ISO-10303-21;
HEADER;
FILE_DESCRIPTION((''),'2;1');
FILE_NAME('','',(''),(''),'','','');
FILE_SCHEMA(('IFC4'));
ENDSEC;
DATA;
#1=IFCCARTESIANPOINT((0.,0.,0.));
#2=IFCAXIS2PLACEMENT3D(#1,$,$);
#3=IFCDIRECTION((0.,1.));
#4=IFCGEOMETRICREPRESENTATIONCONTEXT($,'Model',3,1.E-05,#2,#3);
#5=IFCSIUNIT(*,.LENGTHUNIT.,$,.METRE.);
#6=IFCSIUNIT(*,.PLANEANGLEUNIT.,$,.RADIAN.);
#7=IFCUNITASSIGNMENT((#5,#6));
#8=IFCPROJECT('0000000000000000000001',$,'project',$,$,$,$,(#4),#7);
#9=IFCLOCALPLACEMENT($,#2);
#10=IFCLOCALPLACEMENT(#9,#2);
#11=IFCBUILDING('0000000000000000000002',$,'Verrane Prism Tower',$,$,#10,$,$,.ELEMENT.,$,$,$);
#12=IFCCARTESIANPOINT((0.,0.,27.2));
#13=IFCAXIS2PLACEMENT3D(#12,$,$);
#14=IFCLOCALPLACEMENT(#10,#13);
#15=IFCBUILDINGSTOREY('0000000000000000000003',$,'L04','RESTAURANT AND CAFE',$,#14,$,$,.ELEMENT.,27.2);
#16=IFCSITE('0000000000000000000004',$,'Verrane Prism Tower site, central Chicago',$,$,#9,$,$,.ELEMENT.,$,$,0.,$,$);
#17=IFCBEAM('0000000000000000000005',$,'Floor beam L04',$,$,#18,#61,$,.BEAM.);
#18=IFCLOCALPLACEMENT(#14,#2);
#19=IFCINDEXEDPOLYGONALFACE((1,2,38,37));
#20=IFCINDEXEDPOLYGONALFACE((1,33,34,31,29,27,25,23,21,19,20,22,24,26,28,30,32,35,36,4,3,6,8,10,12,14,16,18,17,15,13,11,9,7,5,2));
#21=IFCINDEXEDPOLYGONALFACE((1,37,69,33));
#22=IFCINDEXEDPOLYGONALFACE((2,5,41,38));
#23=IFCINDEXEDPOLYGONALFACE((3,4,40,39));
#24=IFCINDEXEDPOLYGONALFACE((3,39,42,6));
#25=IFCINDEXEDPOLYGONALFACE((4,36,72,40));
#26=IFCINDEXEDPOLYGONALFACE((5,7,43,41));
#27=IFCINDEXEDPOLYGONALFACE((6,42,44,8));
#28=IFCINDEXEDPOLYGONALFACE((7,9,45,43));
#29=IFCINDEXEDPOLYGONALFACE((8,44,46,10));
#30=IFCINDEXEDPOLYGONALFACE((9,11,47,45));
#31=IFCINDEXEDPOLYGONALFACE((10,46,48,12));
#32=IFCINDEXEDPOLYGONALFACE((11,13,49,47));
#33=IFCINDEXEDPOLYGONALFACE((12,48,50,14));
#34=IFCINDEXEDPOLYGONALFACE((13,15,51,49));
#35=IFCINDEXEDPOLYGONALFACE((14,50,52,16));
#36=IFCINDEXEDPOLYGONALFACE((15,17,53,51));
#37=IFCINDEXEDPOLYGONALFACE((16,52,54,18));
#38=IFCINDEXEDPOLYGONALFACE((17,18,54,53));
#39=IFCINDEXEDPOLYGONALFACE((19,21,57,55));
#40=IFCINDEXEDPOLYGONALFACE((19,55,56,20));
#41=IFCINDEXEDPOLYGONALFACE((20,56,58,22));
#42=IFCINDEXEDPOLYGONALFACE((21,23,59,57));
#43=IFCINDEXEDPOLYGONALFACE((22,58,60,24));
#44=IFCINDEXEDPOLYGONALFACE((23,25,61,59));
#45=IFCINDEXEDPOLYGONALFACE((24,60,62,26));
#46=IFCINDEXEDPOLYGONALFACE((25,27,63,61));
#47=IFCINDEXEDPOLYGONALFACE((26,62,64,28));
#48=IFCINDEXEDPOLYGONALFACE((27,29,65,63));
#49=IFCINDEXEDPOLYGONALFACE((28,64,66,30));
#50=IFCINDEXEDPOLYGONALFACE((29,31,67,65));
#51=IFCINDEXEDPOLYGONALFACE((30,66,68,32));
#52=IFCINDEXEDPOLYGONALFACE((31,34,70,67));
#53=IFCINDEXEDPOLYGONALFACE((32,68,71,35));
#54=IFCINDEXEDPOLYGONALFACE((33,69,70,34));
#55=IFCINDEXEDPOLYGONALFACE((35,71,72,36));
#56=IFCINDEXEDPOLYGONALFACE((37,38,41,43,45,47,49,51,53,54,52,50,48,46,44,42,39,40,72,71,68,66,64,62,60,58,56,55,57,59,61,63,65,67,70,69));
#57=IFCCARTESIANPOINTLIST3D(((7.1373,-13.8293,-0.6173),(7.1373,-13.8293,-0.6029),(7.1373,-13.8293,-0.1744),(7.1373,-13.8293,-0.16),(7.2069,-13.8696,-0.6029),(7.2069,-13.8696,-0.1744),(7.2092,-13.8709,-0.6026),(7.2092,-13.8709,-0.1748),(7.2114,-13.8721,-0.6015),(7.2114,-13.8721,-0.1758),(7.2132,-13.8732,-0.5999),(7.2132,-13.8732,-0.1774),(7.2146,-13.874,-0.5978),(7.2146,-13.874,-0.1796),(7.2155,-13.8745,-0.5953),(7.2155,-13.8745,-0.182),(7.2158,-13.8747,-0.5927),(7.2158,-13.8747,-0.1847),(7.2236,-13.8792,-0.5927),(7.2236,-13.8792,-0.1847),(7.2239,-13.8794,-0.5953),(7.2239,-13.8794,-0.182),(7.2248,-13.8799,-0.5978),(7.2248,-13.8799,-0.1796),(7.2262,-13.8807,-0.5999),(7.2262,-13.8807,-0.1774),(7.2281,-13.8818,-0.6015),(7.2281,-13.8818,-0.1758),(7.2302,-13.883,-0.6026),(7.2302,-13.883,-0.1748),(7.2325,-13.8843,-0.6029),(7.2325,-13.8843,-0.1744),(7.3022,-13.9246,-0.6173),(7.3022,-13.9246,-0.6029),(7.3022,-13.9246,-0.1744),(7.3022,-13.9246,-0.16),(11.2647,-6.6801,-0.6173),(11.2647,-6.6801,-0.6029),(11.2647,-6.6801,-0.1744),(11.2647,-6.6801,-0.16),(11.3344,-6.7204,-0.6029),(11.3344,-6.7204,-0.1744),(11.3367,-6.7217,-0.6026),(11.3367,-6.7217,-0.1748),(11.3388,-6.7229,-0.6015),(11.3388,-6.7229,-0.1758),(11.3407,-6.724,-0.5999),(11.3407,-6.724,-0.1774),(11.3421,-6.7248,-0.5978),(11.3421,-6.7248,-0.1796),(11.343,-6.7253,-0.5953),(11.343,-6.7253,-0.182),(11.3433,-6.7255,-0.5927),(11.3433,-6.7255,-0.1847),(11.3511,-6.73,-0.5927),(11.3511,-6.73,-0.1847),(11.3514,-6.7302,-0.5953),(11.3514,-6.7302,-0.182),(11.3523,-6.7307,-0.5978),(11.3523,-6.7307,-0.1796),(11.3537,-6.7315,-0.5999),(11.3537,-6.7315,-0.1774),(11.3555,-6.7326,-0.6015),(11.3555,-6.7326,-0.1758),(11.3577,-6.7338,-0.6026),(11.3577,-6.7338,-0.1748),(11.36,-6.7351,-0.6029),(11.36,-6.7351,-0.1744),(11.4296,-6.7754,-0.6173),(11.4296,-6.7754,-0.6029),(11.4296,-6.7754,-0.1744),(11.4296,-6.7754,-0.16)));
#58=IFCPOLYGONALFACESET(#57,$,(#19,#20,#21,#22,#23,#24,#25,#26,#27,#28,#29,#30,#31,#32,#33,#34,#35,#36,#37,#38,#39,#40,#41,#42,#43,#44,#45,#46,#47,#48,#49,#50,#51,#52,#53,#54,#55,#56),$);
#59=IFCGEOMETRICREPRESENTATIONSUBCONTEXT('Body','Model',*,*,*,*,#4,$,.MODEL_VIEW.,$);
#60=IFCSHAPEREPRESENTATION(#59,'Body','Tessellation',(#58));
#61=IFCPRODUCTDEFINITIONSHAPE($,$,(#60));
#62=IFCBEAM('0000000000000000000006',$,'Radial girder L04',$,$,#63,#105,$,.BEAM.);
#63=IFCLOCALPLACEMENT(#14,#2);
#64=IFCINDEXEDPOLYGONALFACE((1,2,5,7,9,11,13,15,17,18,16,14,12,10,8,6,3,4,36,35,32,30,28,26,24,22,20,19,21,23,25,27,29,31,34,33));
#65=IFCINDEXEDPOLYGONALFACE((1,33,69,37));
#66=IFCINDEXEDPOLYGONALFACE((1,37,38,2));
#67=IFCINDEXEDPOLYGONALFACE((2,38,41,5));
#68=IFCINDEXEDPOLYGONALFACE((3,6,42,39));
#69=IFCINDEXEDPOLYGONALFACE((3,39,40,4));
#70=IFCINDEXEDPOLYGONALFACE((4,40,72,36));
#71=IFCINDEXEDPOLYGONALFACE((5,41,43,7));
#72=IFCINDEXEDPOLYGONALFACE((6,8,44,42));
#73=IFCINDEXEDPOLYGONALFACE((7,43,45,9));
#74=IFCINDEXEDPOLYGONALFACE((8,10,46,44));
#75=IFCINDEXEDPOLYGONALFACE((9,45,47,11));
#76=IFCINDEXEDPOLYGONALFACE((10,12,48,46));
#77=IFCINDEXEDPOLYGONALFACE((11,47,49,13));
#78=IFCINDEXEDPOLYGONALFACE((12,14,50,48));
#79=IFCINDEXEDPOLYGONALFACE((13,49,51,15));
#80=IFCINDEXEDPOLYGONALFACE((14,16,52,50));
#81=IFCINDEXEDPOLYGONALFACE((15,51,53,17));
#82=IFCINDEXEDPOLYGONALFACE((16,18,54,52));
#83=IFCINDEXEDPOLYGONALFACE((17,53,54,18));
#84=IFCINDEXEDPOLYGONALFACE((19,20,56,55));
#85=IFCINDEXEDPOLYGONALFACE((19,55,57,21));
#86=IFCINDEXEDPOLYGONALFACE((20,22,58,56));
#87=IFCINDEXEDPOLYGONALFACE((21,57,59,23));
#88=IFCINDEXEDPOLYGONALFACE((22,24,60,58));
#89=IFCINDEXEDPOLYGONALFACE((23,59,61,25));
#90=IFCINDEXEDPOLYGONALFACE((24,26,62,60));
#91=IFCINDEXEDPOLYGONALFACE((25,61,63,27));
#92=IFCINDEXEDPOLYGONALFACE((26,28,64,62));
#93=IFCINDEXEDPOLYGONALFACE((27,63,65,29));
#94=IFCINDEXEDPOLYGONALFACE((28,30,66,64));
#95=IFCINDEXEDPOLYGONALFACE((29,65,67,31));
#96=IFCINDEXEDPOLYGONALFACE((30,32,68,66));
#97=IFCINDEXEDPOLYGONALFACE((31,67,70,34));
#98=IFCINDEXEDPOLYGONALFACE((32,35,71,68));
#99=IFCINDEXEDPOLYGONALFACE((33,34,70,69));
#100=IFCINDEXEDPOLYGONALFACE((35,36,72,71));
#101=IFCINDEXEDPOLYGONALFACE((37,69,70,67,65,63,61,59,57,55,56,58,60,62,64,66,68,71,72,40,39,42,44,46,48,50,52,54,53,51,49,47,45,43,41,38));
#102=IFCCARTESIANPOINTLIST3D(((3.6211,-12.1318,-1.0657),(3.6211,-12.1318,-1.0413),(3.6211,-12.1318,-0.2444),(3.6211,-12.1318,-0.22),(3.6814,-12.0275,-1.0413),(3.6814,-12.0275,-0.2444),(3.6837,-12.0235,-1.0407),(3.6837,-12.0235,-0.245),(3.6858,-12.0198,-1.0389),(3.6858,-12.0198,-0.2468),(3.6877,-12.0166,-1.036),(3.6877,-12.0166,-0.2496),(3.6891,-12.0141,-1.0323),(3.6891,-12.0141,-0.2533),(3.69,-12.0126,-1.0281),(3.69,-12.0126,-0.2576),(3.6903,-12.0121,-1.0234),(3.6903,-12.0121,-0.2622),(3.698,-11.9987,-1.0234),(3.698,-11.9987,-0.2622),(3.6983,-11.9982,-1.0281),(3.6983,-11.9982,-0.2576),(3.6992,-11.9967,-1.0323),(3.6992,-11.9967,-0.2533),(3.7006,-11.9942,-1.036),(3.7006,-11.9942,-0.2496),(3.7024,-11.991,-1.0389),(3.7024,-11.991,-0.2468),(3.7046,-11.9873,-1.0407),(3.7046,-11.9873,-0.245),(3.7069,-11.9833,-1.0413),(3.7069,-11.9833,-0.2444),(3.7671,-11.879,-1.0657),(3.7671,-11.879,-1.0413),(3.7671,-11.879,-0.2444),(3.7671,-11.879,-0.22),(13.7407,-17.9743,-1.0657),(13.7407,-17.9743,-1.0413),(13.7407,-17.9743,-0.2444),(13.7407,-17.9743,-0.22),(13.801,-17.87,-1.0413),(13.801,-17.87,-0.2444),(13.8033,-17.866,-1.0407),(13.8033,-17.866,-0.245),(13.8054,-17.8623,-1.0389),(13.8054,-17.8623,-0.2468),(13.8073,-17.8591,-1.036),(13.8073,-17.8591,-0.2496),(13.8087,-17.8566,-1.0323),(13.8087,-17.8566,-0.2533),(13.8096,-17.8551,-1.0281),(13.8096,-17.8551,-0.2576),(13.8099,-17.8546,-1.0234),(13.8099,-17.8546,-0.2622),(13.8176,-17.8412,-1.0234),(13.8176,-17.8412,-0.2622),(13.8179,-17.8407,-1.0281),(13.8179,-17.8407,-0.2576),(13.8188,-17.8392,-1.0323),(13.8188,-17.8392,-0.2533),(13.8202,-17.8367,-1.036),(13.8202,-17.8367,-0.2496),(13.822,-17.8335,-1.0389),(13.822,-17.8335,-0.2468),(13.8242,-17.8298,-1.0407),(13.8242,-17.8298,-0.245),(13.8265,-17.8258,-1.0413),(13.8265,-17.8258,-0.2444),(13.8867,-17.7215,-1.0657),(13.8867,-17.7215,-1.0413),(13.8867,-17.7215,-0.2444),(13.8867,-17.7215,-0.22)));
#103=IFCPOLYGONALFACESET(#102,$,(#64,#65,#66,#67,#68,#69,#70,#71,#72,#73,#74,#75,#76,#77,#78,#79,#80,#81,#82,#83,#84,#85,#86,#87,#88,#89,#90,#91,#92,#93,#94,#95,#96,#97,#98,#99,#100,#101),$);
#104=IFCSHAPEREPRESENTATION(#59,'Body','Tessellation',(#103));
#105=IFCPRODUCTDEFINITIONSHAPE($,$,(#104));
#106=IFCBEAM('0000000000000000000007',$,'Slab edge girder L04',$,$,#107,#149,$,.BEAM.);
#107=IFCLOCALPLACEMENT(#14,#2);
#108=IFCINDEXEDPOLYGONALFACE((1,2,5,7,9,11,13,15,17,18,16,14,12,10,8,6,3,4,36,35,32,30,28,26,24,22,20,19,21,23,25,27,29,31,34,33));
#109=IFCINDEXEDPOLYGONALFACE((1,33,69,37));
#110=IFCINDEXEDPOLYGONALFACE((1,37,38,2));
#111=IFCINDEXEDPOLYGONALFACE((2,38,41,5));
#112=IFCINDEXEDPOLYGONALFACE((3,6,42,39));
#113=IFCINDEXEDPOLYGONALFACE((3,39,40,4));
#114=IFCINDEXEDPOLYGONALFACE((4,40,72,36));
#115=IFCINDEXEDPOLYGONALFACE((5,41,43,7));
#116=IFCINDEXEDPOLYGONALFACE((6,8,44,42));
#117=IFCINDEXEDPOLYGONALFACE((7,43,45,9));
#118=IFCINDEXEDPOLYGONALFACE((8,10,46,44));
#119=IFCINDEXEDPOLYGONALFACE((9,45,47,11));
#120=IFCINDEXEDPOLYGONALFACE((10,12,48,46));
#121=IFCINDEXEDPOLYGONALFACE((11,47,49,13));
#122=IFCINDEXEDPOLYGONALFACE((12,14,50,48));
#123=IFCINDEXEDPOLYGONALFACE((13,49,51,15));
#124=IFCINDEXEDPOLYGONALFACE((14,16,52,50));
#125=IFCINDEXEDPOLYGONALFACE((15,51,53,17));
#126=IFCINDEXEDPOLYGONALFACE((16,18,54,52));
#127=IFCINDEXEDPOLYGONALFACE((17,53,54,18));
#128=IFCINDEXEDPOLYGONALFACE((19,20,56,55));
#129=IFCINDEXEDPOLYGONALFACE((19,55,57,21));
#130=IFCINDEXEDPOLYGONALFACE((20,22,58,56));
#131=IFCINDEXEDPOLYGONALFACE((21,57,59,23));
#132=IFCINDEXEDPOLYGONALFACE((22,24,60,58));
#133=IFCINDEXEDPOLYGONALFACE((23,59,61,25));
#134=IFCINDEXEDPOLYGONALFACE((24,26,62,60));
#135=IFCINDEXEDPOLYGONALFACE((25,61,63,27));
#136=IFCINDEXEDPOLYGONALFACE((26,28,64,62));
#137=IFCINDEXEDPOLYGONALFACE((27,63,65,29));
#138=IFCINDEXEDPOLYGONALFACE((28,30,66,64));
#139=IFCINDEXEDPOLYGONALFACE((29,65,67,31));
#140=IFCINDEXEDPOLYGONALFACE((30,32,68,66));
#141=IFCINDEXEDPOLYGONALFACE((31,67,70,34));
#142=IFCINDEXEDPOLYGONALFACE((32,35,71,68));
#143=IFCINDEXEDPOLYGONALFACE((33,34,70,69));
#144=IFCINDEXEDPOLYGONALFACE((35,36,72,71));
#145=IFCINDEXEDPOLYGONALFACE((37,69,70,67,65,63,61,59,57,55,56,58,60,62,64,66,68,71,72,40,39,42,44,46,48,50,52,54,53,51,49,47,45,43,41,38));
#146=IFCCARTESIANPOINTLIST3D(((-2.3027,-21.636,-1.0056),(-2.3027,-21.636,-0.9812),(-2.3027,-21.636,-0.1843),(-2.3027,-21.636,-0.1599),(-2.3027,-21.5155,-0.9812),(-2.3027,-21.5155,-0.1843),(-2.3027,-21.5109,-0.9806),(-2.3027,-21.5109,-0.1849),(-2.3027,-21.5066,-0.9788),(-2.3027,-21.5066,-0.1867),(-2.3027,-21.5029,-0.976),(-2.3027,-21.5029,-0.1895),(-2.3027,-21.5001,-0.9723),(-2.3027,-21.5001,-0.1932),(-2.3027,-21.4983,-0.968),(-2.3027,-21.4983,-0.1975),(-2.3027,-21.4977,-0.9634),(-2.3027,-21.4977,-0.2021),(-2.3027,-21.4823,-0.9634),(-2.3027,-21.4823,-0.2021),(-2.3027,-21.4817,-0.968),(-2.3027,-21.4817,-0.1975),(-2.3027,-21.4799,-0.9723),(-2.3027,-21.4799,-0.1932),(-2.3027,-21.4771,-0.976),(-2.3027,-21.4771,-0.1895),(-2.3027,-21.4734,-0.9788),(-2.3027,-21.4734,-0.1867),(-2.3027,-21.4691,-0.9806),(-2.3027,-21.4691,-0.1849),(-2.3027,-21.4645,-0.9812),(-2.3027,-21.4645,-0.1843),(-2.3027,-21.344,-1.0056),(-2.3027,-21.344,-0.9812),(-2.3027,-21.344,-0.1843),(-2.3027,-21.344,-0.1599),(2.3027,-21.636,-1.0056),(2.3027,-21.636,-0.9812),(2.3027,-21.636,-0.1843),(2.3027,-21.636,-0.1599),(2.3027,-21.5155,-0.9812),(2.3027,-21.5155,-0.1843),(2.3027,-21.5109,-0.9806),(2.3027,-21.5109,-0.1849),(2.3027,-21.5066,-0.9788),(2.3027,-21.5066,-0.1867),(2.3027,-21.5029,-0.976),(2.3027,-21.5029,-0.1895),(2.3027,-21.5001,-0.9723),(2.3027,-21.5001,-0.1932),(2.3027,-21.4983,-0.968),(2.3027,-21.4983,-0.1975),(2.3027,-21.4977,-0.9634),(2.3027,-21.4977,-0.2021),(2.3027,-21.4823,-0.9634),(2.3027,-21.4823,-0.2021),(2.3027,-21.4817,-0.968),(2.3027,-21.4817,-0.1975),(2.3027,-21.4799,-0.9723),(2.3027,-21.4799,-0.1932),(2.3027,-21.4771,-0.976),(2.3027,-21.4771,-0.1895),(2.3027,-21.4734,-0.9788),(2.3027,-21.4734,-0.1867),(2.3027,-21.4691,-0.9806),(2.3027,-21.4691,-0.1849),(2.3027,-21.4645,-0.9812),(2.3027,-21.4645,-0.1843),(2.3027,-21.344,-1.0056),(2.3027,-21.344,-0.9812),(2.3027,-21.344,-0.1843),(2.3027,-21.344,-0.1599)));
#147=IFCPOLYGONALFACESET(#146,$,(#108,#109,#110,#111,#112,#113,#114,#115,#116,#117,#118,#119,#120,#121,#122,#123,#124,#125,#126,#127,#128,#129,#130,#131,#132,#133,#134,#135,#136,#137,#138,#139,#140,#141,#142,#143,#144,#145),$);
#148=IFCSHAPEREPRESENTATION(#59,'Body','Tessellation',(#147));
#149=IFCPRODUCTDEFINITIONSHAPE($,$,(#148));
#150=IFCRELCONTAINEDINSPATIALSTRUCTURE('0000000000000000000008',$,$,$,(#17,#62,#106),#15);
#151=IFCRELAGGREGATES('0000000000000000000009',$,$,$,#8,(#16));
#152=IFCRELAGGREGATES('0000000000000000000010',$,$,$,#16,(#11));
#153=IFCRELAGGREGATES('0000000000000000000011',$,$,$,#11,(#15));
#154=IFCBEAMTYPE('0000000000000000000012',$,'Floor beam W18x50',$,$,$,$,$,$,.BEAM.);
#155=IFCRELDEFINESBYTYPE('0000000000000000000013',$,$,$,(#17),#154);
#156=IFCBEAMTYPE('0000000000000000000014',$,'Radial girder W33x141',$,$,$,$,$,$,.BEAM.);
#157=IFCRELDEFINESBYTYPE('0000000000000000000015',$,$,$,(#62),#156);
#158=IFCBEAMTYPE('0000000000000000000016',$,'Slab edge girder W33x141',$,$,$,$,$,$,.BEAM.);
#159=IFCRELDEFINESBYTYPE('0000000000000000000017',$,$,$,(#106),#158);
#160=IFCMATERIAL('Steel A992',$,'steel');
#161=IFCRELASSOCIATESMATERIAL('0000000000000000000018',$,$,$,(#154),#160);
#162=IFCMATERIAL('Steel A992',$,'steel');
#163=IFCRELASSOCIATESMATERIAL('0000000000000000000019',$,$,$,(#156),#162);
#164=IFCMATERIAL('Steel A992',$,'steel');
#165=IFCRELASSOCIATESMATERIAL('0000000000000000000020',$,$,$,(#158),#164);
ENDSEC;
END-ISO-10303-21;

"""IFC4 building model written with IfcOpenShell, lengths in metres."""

from ifc_helpers import new_model, si_unit, direction, frame, origin, origin_2d, place, context, subcontext, project, spatial, i_section, extrude, material, material_profile, profile_set, type_object, element, save


model = new_model("IFC4")

# Units and contexts
model_context = context("Model", 3, precision=1e-05, world=origin(), true_north=direction((0.0, 1.0)))
body_context = subcontext(model_context, "Body", "Model", "MODEL_VIEW")
ifc_project = project(units=[si_unit("LENGTHUNIT", "METRE"), si_unit("PLANEANGLEUNIT", "RADIAN")], contexts=[model_context])

# Site, building, storey
site_placement = place(None, origin())
site = spatial("IfcSite", under=ifc_project, at=site_placement, Name="Verrane Prism Tower site, central Chicago", CompositionType="ELEMENT", RefElevation=0.0)
building_placement = place(site_placement, origin())
building = spatial("IfcBuilding", under=site, at=building_placement, Name="Verrane Prism Tower", CompositionType="ELEMENT")
storey_placement = place(building_placement, frame((0.0, 0.0, 27.2)))
storey = spatial("IfcBuildingStorey", under=building, at=storey_placement, Name="L04", Description="RESTAURANT AND CAFE", CompositionType="ELEMENT", Elevation=27.2)

# Beams
ifc_material_1 = material(Name="Steel A992", Category="steel")
ifc_material_profile_1 = material_profile(ifc_material_1, i_section(OverallWidth=0.1904, OverallDepth=0.4573, WebThickness=0.009, FlangeThickness=0.0144, FilletRadius=0.0103, at=origin_2d()), Name="W18x50")
ifc_profile_set_1 = profile_set([ifc_material_profile_1], Name="Steel A992")
beam_type_1 = type_object("IfcBeamType", Name="Floor beam W18x50", PredefinedType="BEAM", material=ifc_profile_set_1)
beam_1_placement = place(storey_placement, frame((7.2197, -13.877, -0.3887), z_axis=(0.499988, 0.866032, 0.0), x_axis=(-0.866032, 0.499988, 0.0)))
element("IfcBeam", 1, at=beam_1_placement, inside=storey, type_object=beam_type_1, Name="Floor beam L04", PredefinedType="BEAM", context=body_context, shape_type="SweptSolid", body=[
    extrude(i_section(OverallWidth=0.1904, OverallDepth=0.4573, WebThickness=0.009, FlangeThickness=0.0144, FilletRadius=0.0103, at=origin_2d()), origin(), (0.0, 0.0, 1.0), 8.2551),
])
ifc_material_2 = material(Name="Steel A992", Category="steel")
ifc_material_profile_2 = material_profile(ifc_material_2, i_section(OverallWidth=0.292, OverallDepth=0.8457, WebThickness=0.0154, FlangeThickness=0.0244, FilletRadius=0.0178, at=origin_2d()), Name="W33x141")
ifc_profile_set_2 = profile_set([ifc_material_profile_2], Name="Steel A992")
beam_type_2 = type_object("IfcBeamType", Name="Radial girder W33x141", PredefinedType="BEAM", material=ifc_profile_set_2)
beam_2_placement = place(storey_placement, frame((13.8137, -17.8479, -0.6428), z_axis=(-0.866027, 0.499997, 0.0), x_axis=(-0.499997, -0.866027, 0.0)))
element("IfcBeam", 2, at=beam_2_placement, inside=storey, type_object=beam_type_2, Name="Radial girder L04", PredefinedType="BEAM", context=body_context, shape_type="SweptSolid", body=[
    extrude(i_section(OverallWidth=0.292, OverallDepth=0.8457, WebThickness=0.0154, FlangeThickness=0.0244, FilletRadius=0.0178, at=origin_2d()), origin(), (0.0, 0.0, 1.0), 11.6851),
])
ifc_material_3 = material(Name="Steel A992", Category="steel")
ifc_material_profile_3 = material_profile(ifc_material_3, i_section(OverallWidth=0.292, OverallDepth=0.8457, WebThickness=0.0154, FlangeThickness=0.0244, FilletRadius=0.0178, at=origin_2d()), Name="W33x141")
ifc_profile_set_3 = profile_set([ifc_material_profile_3], Name="Steel A992")
beam_type_3 = type_object("IfcBeamType", Name="Slab edge girder W33x141", PredefinedType="BEAM", material=ifc_profile_set_3)
beam_3_placement = place(storey_placement, frame((2.3027, -21.49, -0.5828), z_axis=(-1.0, 0.0, 0.0), x_axis=(0.0, -1.0, 0.0)))
element("IfcBeam", 3, at=beam_3_placement, inside=storey, type_object=beam_type_3, Name="Slab edge girder L04", PredefinedType="BEAM", context=body_context, shape_type="SweptSolid", body=[
    extrude(i_section(OverallWidth=0.292, OverallDepth=0.8457, WebThickness=0.0154, FlangeThickness=0.0244, FilletRadius=0.0178, at=origin_2d()), origin(), (0.0, 0.0, 1.0), 4.6055),
])

save(model, "model.ifc")
